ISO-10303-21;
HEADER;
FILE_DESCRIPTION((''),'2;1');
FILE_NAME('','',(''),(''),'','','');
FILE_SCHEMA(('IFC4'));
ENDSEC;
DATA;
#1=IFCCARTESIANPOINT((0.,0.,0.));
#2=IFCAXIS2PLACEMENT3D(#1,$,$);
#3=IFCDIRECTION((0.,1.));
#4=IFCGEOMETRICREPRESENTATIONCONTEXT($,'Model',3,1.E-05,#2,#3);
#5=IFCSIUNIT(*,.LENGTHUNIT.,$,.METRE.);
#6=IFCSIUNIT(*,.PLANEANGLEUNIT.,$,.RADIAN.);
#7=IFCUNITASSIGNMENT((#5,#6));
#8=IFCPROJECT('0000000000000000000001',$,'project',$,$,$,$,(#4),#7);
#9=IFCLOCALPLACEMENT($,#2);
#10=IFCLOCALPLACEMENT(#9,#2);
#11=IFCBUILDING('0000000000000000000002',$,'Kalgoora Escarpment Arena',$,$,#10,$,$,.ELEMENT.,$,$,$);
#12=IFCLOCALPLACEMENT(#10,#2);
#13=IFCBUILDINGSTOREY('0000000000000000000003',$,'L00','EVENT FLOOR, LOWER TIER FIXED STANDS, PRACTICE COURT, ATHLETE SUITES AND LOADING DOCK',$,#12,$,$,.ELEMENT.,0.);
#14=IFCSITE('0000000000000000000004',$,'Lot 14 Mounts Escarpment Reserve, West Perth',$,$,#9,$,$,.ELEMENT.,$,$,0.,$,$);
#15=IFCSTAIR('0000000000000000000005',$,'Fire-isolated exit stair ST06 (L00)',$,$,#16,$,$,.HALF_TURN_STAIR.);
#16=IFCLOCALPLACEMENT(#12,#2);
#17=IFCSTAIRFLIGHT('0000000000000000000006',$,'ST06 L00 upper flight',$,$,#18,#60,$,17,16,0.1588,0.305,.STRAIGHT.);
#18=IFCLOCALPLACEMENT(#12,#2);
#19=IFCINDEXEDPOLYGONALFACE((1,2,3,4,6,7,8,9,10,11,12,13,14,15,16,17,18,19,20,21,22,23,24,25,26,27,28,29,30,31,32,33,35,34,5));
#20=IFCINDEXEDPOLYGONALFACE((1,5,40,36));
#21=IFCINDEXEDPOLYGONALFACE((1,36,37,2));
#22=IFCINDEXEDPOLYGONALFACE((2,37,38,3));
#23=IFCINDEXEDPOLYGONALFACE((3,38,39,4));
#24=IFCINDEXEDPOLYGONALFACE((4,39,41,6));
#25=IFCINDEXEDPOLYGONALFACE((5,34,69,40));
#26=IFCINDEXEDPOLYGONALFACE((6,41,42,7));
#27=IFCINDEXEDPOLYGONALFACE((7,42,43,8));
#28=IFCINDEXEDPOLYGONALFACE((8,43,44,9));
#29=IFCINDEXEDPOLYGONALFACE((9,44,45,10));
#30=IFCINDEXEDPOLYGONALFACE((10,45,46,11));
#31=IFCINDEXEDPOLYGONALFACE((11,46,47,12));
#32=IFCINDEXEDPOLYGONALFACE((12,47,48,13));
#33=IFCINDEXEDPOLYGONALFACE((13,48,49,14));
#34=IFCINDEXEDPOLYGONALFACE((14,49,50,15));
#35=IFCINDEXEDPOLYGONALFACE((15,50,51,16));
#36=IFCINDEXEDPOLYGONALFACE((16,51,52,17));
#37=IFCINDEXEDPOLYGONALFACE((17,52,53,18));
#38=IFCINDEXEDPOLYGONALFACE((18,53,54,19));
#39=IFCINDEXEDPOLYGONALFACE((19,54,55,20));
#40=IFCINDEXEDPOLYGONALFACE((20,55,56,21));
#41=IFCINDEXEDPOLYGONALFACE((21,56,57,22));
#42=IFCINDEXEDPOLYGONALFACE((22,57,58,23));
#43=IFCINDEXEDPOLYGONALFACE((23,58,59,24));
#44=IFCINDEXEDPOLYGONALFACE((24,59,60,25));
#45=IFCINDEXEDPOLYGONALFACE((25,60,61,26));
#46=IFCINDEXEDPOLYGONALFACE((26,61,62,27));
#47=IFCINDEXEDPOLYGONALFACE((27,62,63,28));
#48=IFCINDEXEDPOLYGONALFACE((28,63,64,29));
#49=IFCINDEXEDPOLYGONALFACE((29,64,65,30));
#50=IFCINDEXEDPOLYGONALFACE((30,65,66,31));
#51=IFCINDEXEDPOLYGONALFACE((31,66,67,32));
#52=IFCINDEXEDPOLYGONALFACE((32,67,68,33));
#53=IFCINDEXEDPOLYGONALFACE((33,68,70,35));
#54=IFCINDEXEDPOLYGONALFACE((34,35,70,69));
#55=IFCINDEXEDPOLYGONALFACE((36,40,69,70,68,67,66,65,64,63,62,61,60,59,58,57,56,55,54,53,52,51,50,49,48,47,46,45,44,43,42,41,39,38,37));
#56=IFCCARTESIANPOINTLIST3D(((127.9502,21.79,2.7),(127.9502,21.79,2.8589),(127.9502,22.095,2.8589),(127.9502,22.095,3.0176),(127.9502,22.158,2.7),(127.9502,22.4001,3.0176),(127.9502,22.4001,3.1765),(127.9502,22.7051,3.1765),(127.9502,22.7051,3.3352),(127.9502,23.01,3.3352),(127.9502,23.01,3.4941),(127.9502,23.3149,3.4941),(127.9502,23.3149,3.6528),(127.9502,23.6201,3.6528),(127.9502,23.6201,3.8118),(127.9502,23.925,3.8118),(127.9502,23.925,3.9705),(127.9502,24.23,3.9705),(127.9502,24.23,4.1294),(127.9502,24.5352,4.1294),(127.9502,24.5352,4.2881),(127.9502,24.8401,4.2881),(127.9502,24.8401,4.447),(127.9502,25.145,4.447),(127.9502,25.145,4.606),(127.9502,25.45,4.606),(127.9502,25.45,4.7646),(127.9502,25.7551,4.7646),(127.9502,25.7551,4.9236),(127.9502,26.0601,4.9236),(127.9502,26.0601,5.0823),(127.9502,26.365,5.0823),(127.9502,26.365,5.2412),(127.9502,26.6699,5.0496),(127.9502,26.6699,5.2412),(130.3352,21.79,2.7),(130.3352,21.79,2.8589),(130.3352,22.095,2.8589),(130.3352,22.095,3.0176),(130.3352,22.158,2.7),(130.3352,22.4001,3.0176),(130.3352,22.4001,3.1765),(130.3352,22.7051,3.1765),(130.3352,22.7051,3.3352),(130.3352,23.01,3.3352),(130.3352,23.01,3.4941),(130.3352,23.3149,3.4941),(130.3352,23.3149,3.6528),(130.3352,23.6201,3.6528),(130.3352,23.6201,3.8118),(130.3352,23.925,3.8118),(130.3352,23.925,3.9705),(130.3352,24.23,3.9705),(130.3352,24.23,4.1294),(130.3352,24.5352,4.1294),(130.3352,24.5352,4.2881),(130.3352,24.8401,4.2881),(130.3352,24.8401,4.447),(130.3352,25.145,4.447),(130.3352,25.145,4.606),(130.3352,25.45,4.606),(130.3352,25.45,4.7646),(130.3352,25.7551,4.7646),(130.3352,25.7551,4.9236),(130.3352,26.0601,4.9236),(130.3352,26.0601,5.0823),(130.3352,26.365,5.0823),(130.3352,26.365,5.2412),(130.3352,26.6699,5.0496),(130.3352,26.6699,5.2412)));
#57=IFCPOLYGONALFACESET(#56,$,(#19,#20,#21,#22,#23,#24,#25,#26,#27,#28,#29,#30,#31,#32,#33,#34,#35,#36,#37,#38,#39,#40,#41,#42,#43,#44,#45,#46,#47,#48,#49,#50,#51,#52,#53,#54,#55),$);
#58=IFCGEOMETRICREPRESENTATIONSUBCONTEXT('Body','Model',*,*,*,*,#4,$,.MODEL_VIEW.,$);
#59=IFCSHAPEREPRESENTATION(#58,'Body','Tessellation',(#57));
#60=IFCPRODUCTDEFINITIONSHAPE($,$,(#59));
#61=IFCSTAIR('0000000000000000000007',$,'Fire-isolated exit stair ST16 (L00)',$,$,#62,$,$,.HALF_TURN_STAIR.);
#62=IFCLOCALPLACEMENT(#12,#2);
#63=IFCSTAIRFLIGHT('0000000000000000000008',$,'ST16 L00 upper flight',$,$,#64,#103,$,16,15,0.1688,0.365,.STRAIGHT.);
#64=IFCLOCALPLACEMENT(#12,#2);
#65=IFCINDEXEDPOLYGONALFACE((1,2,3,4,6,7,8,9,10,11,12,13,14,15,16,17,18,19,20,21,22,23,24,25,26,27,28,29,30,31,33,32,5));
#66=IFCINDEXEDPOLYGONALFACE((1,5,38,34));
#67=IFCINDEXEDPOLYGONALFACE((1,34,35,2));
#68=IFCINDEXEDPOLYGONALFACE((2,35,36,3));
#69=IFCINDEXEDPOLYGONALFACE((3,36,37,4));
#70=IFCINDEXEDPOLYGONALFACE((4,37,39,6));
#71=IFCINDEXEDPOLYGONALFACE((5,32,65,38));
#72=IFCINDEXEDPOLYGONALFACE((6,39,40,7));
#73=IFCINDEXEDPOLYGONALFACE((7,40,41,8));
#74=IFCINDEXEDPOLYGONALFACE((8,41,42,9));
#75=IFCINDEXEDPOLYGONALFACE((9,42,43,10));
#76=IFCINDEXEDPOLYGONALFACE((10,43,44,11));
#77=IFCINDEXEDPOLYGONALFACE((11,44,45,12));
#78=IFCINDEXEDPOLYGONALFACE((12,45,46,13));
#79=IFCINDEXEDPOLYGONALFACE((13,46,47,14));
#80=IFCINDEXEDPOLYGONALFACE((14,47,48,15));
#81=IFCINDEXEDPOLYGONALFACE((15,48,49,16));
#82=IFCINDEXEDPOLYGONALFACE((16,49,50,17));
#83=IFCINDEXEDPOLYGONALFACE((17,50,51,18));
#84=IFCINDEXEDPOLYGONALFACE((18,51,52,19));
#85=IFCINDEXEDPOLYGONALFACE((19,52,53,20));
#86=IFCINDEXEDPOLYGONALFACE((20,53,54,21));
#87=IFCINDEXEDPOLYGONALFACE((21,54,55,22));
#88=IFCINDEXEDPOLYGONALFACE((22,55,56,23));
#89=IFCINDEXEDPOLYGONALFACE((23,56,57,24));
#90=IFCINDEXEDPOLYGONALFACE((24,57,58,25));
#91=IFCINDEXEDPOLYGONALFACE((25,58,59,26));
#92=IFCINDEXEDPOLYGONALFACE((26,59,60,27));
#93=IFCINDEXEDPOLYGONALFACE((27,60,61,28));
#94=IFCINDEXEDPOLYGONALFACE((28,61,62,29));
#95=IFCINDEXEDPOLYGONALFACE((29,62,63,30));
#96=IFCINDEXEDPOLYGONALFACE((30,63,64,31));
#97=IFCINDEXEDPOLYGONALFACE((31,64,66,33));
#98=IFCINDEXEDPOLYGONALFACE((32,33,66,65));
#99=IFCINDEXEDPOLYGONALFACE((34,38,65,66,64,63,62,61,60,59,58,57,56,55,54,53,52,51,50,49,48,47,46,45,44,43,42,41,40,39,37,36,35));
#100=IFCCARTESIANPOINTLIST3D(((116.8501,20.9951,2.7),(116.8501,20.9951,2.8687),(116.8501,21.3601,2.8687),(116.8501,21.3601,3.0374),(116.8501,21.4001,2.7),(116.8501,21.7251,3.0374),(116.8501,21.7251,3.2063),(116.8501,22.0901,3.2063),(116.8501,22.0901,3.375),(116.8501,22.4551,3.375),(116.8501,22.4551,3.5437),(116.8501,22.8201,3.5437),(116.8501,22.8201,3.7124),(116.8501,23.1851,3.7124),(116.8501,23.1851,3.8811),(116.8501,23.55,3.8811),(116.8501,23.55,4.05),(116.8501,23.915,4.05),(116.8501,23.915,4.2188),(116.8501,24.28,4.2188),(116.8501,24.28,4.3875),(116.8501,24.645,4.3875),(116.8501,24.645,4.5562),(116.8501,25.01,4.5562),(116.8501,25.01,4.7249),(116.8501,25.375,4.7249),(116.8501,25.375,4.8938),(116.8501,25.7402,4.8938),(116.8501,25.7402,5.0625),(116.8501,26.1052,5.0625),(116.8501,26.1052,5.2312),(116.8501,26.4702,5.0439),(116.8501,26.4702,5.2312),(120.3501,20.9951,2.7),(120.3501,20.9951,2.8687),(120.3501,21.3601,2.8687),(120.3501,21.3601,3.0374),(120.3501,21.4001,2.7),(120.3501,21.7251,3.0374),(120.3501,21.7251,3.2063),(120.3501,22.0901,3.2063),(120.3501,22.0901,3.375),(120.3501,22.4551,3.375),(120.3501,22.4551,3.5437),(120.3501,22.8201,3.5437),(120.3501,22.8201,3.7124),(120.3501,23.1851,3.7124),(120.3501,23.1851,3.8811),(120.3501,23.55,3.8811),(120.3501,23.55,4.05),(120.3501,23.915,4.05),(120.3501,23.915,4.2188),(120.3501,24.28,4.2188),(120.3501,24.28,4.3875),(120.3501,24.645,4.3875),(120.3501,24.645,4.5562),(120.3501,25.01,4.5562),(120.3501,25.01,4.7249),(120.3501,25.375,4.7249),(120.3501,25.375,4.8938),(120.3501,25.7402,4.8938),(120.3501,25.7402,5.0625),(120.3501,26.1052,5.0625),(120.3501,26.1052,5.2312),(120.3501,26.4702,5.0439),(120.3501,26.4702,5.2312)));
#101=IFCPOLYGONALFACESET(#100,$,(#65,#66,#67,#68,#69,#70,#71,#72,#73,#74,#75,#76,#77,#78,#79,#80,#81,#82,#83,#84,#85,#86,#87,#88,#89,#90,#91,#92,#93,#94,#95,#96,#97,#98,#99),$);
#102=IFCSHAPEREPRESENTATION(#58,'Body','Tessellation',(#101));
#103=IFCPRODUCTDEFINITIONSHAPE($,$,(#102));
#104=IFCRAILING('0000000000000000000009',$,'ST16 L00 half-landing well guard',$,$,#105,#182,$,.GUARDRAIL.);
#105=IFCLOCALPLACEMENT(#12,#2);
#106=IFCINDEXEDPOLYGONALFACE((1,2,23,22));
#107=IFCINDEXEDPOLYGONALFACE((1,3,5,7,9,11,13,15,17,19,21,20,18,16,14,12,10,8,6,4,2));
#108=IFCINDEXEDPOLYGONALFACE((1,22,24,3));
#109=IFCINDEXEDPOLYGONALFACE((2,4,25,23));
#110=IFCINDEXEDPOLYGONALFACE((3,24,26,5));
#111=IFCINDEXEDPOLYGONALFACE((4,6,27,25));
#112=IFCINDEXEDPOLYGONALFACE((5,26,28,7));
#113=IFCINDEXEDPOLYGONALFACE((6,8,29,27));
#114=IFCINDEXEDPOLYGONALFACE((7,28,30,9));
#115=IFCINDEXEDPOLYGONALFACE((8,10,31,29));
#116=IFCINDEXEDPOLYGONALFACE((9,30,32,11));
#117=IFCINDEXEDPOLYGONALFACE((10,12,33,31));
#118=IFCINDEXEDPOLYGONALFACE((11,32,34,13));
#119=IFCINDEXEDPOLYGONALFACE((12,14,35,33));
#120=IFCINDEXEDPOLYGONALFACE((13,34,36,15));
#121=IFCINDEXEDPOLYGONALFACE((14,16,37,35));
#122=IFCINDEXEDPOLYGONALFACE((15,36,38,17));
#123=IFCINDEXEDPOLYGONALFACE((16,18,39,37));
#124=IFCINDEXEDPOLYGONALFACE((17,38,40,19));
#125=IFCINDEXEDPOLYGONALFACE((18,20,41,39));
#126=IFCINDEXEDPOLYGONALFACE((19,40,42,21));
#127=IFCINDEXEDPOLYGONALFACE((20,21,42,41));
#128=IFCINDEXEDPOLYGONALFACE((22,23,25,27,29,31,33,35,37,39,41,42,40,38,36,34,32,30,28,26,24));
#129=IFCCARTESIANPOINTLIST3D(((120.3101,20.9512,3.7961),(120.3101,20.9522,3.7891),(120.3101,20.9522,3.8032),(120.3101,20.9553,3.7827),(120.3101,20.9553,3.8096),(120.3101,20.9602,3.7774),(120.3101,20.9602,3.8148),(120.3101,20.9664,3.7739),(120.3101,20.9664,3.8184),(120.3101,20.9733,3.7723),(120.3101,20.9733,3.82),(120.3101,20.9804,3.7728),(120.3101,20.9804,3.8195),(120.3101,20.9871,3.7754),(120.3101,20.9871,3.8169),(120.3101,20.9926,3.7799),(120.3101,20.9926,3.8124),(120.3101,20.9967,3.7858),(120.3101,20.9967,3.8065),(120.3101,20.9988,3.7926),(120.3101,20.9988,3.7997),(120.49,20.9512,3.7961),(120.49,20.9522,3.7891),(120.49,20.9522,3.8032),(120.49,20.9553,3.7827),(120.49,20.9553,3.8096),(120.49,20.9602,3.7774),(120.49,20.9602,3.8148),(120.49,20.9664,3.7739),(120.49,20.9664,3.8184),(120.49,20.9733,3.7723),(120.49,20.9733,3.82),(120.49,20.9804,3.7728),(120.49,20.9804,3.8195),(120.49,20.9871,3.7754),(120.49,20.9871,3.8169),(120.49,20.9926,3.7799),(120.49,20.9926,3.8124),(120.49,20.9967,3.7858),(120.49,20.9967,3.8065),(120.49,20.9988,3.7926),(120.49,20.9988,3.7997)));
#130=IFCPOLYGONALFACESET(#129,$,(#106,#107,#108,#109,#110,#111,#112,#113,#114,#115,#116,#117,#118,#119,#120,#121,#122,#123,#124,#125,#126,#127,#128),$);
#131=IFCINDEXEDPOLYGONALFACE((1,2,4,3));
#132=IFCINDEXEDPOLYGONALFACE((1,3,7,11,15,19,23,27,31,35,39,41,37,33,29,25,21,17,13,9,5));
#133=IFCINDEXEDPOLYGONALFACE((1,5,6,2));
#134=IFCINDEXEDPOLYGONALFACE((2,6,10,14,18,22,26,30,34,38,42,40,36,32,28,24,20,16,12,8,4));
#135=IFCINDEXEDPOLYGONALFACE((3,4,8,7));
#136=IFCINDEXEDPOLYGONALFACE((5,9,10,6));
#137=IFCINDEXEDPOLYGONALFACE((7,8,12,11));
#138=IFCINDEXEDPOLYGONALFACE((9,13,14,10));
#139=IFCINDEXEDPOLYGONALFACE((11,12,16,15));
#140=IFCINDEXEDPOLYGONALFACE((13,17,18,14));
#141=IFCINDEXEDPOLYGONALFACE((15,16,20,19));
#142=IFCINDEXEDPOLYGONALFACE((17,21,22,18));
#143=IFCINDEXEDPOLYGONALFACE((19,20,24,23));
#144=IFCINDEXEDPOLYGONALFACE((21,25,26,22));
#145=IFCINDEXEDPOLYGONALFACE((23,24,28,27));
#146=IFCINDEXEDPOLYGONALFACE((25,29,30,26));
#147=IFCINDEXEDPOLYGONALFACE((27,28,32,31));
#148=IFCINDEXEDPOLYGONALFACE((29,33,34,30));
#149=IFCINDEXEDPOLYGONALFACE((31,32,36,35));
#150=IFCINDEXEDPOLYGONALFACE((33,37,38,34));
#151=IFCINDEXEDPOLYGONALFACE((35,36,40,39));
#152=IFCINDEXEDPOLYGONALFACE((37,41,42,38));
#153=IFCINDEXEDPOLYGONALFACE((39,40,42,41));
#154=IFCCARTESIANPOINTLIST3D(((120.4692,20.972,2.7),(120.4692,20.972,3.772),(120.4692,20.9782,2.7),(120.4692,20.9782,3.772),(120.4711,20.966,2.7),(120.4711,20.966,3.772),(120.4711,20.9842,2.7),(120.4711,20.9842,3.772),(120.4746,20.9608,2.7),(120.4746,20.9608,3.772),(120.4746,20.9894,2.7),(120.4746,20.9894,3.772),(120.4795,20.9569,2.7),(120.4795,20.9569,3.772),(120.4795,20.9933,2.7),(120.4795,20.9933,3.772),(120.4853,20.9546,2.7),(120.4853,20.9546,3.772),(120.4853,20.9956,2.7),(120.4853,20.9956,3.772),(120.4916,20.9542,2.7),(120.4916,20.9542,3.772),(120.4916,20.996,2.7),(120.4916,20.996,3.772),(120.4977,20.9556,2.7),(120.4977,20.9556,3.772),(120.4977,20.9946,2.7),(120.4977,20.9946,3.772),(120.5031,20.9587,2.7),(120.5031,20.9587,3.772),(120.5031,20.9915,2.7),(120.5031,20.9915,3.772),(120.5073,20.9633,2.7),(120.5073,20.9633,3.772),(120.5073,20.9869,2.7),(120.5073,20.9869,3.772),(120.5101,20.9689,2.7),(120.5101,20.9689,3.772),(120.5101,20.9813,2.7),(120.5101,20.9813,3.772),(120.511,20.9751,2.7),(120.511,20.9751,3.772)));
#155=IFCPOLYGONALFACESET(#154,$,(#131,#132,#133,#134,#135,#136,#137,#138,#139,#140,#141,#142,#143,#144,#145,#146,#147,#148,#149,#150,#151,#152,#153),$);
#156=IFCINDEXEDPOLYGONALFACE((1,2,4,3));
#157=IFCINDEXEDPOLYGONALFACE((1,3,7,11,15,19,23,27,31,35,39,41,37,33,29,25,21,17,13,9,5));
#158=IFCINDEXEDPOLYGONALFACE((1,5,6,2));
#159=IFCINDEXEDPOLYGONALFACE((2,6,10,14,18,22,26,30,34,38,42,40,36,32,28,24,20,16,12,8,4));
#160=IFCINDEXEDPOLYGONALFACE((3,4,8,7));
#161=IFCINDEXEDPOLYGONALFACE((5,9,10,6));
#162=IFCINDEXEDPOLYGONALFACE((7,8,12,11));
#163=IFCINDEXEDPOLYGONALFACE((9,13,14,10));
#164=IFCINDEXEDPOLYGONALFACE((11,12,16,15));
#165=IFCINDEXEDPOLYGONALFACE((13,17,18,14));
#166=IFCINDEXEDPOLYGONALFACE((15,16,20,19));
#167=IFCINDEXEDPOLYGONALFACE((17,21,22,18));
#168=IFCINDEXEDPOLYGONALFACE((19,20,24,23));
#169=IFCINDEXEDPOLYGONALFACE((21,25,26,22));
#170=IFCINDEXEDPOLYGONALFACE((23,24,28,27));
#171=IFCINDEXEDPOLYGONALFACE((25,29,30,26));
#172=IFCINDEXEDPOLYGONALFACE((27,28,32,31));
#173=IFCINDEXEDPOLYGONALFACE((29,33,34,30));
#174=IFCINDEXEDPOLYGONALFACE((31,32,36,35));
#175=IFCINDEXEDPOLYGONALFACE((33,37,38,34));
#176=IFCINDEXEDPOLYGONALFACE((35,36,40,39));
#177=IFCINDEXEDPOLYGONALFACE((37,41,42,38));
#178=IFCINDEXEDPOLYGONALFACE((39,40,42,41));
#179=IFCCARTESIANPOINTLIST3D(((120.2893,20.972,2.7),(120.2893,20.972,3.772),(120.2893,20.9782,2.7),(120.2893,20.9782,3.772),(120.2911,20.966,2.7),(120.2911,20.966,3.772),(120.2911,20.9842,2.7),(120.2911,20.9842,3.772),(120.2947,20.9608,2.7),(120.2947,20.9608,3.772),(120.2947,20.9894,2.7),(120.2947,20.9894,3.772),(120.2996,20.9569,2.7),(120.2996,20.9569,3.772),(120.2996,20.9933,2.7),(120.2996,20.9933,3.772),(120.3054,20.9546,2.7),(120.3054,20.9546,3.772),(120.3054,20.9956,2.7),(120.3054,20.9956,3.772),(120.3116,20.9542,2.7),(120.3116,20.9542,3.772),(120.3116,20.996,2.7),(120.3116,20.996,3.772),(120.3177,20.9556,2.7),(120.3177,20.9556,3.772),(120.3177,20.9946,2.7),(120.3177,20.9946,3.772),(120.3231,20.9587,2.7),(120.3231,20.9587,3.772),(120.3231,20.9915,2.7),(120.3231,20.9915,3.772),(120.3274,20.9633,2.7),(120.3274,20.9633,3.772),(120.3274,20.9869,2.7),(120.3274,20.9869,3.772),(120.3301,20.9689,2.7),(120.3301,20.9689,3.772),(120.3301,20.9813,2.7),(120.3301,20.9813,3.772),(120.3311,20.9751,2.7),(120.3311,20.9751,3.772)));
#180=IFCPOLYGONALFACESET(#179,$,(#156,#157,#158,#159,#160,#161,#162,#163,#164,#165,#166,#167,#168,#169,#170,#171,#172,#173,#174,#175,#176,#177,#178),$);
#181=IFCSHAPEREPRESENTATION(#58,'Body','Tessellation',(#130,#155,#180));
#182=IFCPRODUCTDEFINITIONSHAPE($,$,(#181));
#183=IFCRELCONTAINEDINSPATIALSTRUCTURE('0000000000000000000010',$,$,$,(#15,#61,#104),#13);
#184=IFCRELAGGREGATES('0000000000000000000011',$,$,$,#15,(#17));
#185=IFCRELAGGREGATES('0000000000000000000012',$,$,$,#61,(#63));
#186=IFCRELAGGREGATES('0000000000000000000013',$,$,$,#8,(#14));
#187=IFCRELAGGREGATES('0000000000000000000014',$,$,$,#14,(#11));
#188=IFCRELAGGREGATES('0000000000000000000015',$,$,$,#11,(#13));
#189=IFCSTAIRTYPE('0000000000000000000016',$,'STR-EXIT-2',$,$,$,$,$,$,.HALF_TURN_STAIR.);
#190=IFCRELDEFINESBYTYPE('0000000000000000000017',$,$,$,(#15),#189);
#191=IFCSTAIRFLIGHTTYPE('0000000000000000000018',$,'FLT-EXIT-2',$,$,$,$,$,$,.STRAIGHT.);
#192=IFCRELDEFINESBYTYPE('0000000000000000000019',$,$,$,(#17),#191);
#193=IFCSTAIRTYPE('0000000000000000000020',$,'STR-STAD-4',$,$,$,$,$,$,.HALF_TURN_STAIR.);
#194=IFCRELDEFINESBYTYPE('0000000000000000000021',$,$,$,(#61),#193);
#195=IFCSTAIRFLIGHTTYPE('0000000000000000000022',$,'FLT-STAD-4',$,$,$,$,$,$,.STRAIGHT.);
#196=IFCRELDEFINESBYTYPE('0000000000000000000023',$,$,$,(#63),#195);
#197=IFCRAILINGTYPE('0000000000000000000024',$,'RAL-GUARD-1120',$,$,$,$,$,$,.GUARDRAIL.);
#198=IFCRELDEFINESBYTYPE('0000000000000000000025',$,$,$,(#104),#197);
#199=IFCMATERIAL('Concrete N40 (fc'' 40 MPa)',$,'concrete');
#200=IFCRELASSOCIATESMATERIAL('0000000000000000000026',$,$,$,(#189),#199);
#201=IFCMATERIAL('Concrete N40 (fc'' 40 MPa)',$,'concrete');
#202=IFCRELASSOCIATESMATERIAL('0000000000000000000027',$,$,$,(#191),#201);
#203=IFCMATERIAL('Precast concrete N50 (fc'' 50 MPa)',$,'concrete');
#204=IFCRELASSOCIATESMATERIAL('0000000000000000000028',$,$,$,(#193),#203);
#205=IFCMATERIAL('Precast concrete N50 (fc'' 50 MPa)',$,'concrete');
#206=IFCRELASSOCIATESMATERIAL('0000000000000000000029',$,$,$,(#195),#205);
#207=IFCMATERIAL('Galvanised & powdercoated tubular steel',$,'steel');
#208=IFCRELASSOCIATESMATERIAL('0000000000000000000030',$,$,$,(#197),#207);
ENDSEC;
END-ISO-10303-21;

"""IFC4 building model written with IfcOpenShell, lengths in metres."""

from ifc_helpers import new_model, si_unit, direction, frame, origin, origin_2d, place, context, subcontext, project, spatial, polyline, circle, outline, extrude, material, type_object, element, aggregate, save


model = new_model("IFC4")

# Units and contexts
model_context = context("Model", 3, precision=1e-05, world=origin(), true_north=direction((0.0, 1.0)))
body_context = subcontext(model_context, "Body", "Model", "MODEL_VIEW")
ifc_project = project(units=[si_unit("LENGTHUNIT", "METRE"), si_unit("PLANEANGLEUNIT", "RADIAN")], contexts=[model_context])

# Site, building, storey
site_placement = place(None, origin())
site = spatial("IfcSite", under=ifc_project, at=site_placement, Name="Lot 14 Mounts Escarpment Reserve, West Perth", CompositionType="ELEMENT", RefElevation=0.0)
building_placement = place(site_placement, origin())
building = spatial("IfcBuilding", under=site, at=building_placement, Name="Kalgoora Escarpment Arena", CompositionType="ELEMENT")
storey_placement = place(building_placement, origin())
storey = spatial("IfcBuildingStorey", under=building, at=storey_placement, Name="L00", Description="EVENT FLOOR, LOWER TIER FIXED STANDS, PRACTICE COURT, ATHLETE SUITES AND LOADING DOCK", CompositionType="ELEMENT", Elevation=0.0)

# Stairs, stair flights
ifc_material_1 = material(Name="Concrete N40 (fc' 40 MPa)", Category="concrete")
stair_type_1 = type_object("IfcStairType", Name="STR-EXIT-2", PredefinedType="HALF_TURN_STAIR", material=ifc_material_1)
stair_1_placement = place(storey_placement, origin())
stair_1 = element("IfcStair", 1, at=stair_1_placement, inside=storey, type_object=stair_type_1, Name="Fire-isolated exit stair ST06 (L00)", PredefinedType="HALF_TURN_STAIR")
ifc_material_2 = material(Name="Concrete N40 (fc' 40 MPa)", Category="concrete")
stair_flight_type_1 = type_object("IfcStairFlightType", Name="FLT-EXIT-2", PredefinedType="STRAIGHT", material=ifc_material_2)
stair_flight_1_placement = place(storey_placement, frame((129.1426, 21.79, 2.7), z_axis=(0.0, 0.0, 1.0), x_axis=(0.0, 1.0, 0.0)))
stair_flight_1 = element("IfcStairFlight", 2, at=stair_flight_1_placement, type_object=stair_flight_type_1, Name="ST06 L00 upper flight", NumberOfRisers=17, NumberOfTreads=16, PredefinedType="STRAIGHT", RiserHeight=0.1588, TreadLength=0.305, context=body_context, shape_type="SweptSolid", body=[
    extrude(outline(polyline([(0.0, 0.0), (0.0, 0.1589), (0.3049, 0.1589), (0.3049, 0.3176), (0.6101, 0.3176), (0.6101, 0.4766), (0.915, 0.4766), (0.915, 0.6353), (1.22, 0.6353), (1.22, 0.7942), (1.5249, 0.7942), (1.5249, 0.9529), (1.8301, 0.9529), (1.8301, 1.1118), (2.135, 1.1118), (2.135, 1.2705), (2.4399, 1.2705), (2.4399, 1.4294), (2.7451, 1.4294), (2.7451, 1.5881), (3.05, 1.5881), (3.05, 1.7471), (3.355, 1.7471), (3.355, 1.906), (3.6599, 1.906), (3.6599, 2.0647), (3.9651, 2.0647), (3.9651, 2.2236), (4.27, 2.2236), (4.27, 2.3823), (4.575, 2.3823), (4.575, 2.5413), (4.8799, 2.5413), (4.8799, 2.7), (4.8799, 2.3496), (0.3679, 0.0), (0.0, 0.0)])), frame((0.0, 1.1924, 0.0), z_axis=(0.0, -1.0, 0.0), x_axis=(1.0, 0.0, 0.0)), (0.0, 0.0, 1.0), 2.385),
])
aggregate(stair_1, [stair_flight_1])
ifc_material_3 = material(Name="Precast concrete N50 (fc' 50 MPa)", Category="concrete")
stair_type_2 = type_object("IfcStairType", Name="STR-STAD-4", PredefinedType="HALF_TURN_STAIR", material=ifc_material_3)
stair_2_placement = place(storey_placement, origin())
stair_2 = element("IfcStair", 3, at=stair_2_placement, inside=storey, type_object=stair_type_2, Name="Fire-isolated exit stair ST16 (L00)", PredefinedType="HALF_TURN_STAIR")
ifc_material_4 = material(Name="Precast concrete N50 (fc' 50 MPa)", Category="concrete")
stair_flight_type_2 = type_object("IfcStairFlightType", Name="FLT-STAD-4", PredefinedType="STRAIGHT", material=ifc_material_4)
stair_flight_2_placement = place(storey_placement, frame((118.6001, 20.9951, 2.7), z_axis=(0.0, 0.0, 1.0), x_axis=(0.0, 1.0, 0.0)))
stair_flight_2 = element("IfcStairFlight", 4, at=stair_flight_2_placement, type_object=stair_flight_type_2, Name="ST16 L00 upper flight", NumberOfRisers=16, NumberOfTreads=15, PredefinedType="STRAIGHT", RiserHeight=0.1688, TreadLength=0.365, context=body_context, shape_type="SweptSolid", body=[
    extrude(outline(polyline([(0.0, 0.0), (0.0, 0.1687), (0.365, 0.1687), (0.365, 0.3374), (0.73, 0.3374), (0.73, 0.5063), (1.095, 0.5063), (1.095, 0.675), (1.46, 0.675), (1.46, 0.8438), (1.825, 0.8438), (1.825, 1.0125), (2.1899, 1.0125), (2.1899, 1.1812), (2.5549, 1.1812), (2.5549, 1.3501), (2.9199, 1.3501), (2.9199, 1.5188), (3.2849, 1.5188), (3.2849, 1.6875), (3.6499, 1.6875), (3.6499, 1.8562), (4.0149, 1.8562), (4.0149, 2.0249), (4.3799, 2.0249), (4.3799, 2.1938), (4.7451, 2.1938), (4.7451, 2.3625), (5.1101, 2.3625), (5.1101, 2.5312), (5.4751, 2.5312), (5.4751, 2.7), (5.4751, 2.344), (0.405, 0.0), (0.0, 0.0)])), frame((0.0, 1.75, 0.0), z_axis=(0.0, -1.0, 0.0), x_axis=(1.0, 0.0, 0.0)), (0.0, 0.0, 1.0), 3.5),
])
aggregate(stair_2, [stair_flight_2])

# Railing
ifc_material_5 = material(Name="Galvanised & powdercoated tubular steel", Category="steel")
railing_type_1 = type_object("IfcRailingType", Name="RAL-GUARD-1120", PredefinedType="GUARDRAIL", material=ifc_material_5)
railing_1_placement = place(storey_placement, frame((120.49, 20.9751, 2.7)))
element("IfcRailing", 5, at=railing_1_placement, inside=storey, type_object=railing_type_1, Name="ST16 L00 half-landing well guard", PredefinedType="GUARDRAIL", context=body_context, shape_type="SweptSolid", body=[
    extrude(circle(Radius=0.0239, at=origin_2d()), frame((0.0, 0.0, 1.0962), z_axis=(-1.0, 0.0, 0.0), x_axis=(0.0, -1.0, 0.0)), (0.0, 0.0, 1.0), 0.1799),
    extrude(circle(Radius=0.021, at=origin_2d()), origin(), (0.0, 0.0, 1.0), 1.072),
    extrude(circle(Radius=0.021, at=origin_2d()), frame((-0.1799, 0.0, 0.0)), (0.0, 0.0, 1.0), 1.072),
])

save(model, "model.ifc")
